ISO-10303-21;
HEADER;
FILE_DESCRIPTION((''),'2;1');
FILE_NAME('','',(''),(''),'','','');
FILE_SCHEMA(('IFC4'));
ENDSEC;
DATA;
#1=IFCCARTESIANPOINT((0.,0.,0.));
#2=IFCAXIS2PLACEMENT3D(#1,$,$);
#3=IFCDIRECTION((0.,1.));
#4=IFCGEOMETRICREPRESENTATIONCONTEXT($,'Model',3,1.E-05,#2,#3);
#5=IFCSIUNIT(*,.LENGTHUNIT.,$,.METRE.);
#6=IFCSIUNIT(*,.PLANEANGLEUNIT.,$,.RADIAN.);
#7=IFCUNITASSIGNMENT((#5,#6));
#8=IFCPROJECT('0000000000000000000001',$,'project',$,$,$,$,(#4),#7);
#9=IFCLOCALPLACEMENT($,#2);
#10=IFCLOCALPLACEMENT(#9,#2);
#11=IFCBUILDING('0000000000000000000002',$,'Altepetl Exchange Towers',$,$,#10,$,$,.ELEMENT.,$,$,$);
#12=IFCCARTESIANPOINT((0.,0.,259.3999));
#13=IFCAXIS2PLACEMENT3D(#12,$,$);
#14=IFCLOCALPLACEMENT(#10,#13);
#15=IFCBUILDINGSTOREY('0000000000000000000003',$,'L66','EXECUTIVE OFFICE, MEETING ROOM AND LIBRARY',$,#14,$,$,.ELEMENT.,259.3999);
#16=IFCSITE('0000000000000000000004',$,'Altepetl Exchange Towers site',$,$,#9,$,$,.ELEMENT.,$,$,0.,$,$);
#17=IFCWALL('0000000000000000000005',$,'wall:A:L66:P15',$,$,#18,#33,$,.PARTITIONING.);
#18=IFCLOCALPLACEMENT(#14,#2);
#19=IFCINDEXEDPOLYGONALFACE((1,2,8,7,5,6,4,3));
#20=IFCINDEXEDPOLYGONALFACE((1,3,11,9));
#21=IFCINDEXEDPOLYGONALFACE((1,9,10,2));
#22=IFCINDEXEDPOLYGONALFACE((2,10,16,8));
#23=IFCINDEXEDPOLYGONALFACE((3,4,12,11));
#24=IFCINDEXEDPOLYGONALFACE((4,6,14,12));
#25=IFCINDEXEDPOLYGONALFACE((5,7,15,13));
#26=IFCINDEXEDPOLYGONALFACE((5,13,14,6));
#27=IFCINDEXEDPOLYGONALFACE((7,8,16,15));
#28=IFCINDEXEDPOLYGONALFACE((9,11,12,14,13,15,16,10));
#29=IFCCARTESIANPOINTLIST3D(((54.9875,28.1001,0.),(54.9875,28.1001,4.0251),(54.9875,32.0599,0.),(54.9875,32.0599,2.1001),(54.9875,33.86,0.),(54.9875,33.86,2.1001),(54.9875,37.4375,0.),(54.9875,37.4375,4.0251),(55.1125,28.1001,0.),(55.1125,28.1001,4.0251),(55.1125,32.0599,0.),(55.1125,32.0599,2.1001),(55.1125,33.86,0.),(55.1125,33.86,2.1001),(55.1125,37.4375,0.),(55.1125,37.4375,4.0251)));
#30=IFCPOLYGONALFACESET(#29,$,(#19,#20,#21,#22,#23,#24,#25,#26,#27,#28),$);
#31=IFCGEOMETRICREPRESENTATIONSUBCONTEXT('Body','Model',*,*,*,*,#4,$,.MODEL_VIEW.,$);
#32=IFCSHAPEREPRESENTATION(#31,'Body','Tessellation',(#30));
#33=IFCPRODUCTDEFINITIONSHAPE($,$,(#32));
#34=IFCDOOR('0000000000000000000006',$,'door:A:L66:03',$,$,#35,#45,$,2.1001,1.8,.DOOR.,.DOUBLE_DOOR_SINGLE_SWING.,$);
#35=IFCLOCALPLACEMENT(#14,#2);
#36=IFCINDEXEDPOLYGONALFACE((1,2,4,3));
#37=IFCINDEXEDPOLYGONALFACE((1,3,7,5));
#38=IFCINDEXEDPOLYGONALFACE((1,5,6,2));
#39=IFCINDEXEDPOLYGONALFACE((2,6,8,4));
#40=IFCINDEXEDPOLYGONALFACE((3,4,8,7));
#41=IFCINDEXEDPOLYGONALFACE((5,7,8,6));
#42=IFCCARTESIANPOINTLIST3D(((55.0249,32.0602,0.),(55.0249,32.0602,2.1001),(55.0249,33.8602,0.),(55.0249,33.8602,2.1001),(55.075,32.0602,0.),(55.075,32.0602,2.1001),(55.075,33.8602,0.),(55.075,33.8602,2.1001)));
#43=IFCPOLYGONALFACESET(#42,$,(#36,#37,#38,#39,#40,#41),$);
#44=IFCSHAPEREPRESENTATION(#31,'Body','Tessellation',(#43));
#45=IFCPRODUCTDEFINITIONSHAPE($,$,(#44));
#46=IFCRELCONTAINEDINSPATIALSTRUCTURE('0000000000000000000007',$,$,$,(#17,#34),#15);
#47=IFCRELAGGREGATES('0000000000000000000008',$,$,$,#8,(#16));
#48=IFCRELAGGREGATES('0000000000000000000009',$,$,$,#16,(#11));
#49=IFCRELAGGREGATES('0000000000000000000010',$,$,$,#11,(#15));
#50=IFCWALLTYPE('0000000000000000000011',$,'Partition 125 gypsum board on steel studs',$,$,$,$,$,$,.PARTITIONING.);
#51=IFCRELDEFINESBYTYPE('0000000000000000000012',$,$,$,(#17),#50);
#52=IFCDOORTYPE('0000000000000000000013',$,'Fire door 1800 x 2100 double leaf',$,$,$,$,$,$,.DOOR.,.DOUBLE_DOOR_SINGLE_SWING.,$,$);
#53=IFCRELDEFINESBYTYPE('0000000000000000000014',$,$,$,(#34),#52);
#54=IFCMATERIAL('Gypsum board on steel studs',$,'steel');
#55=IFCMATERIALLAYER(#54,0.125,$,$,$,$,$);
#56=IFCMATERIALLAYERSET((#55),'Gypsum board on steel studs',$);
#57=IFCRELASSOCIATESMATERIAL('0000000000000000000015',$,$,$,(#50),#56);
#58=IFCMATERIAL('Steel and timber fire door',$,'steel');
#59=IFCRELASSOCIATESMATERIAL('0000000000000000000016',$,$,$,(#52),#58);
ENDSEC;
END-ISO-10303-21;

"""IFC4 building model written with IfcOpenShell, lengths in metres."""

from ifc_helpers import new_model, si_unit, direction, frame, frame_2d, origin, place, context, subcontext, project, spatial, rectangle, extrude, material, layer, layer_set, type_object, element, fill, save


model = new_model("IFC4")

# Units and contexts
model_context = context("Model", 3, precision=1e-05, world=origin(), true_north=direction((0.0, 1.0)))
body_context = subcontext(model_context, "Body", "Model", "MODEL_VIEW")
ifc_project = project(units=[si_unit("LENGTHUNIT", "METRE"), si_unit("PLANEANGLEUNIT", "RADIAN")], contexts=[model_context])

# Site, building, storey
site_placement = place(None, origin())
site = spatial("IfcSite", under=ifc_project, at=site_placement, Name="Altepetl Exchange Towers site", CompositionType="ELEMENT", RefElevation=0.0)
building_placement = place(site_placement, origin())
building = spatial("IfcBuilding", under=site, at=building_placement, Name="Altepetl Exchange Towers", CompositionType="ELEMENT")
storey_placement = place(building_placement, frame((0.0, 0.0, 259.3999)))
storey = spatial("IfcBuildingStorey", under=building, at=storey_placement, Name="L66", Description="EXECUTIVE OFFICE, MEETING ROOM AND LIBRARY", CompositionType="ELEMENT", Elevation=259.3999)

# Wall, opening, door
ifc_material_1 = material(Name="Gypsum board on steel studs", Category="steel")
ifc_layer_1 = layer(ifc_material_1, 0.125)
ifc_layer_set_1 = layer_set([ifc_layer_1], Name="Gypsum board on steel studs")
wall_type = type_object("IfcWallType", Name="Partition 125 gypsum board on steel studs", PredefinedType="PARTITIONING", material=ifc_layer_set_1)
wall_placement = place(storey_placement, frame((55.05, 28.1001, 0.0), z_axis=(0.0, 0.0, 1.0), x_axis=(0.0, 1.0, 0.0)))
wall = element("IfcWall", 1, at=wall_placement, inside=storey, type_object=wall_type, Name="wall:A:L66:P15", PredefinedType="PARTITIONING", context=body_context, shape_type="SweptSolid", body=[
    extrude(rectangle(XDim=9.3374, YDim=0.125, at=frame_2d((4.6687, 0.0))), origin(), (0.0, 0.0, 1.0), 4.0251),
])
opening_placement = place(wall_placement, frame((3.96, 0.0, 0.0)))
opening = element("IfcOpeningElement", 2, at=opening_placement, cuts=wall, PredefinedType="OPENING", context=body_context, shape_type="SweptSolid", body=[
    extrude(rectangle(XDim=1.8, YDim=2.1001, at=frame_2d((0.8999, 1.05))), frame((0.0, 0.0725, 0.0), z_axis=(0.0, -1.0, 0.0), x_axis=(1.0, 0.0, 0.0)), (0.0, 0.0, 1.0), 0.145),
])
ifc_material_2 = material(Name="Steel and timber fire door", Category="steel")
door_type = type_object("IfcDoorType", Name="Fire door 1800 x 2100 double leaf", OperationType="DOUBLE_DOOR_SINGLE_SWING", PredefinedType="DOOR", material=ifc_material_2)
door_placement = place(opening_placement, frame((1.8, 0.0, 0.0), x_axis=(-1.0, 0.0, 0.0)))
door = element("IfcDoor", 3, at=door_placement, inside=storey, type_object=door_type, Name="door:A:L66:03", OperationType="DOUBLE_DOOR_SINGLE_SWING", OverallHeight=2.1001, OverallWidth=1.8, PredefinedType="DOOR", context=body_context, shape_type="SweptSolid", body=[
    extrude(rectangle(XDim=1.8, YDim=2.1001, at=frame_2d((0.8999, 1.05))), frame((0.0, 0.0249, 0.0), z_axis=(0.0, -1.0, 0.0), x_axis=(1.0, 0.0, 0.0)), (0.0, 0.0, 1.0), 0.05),
])
fill(opening, door)

save(model, "model.ifc")
